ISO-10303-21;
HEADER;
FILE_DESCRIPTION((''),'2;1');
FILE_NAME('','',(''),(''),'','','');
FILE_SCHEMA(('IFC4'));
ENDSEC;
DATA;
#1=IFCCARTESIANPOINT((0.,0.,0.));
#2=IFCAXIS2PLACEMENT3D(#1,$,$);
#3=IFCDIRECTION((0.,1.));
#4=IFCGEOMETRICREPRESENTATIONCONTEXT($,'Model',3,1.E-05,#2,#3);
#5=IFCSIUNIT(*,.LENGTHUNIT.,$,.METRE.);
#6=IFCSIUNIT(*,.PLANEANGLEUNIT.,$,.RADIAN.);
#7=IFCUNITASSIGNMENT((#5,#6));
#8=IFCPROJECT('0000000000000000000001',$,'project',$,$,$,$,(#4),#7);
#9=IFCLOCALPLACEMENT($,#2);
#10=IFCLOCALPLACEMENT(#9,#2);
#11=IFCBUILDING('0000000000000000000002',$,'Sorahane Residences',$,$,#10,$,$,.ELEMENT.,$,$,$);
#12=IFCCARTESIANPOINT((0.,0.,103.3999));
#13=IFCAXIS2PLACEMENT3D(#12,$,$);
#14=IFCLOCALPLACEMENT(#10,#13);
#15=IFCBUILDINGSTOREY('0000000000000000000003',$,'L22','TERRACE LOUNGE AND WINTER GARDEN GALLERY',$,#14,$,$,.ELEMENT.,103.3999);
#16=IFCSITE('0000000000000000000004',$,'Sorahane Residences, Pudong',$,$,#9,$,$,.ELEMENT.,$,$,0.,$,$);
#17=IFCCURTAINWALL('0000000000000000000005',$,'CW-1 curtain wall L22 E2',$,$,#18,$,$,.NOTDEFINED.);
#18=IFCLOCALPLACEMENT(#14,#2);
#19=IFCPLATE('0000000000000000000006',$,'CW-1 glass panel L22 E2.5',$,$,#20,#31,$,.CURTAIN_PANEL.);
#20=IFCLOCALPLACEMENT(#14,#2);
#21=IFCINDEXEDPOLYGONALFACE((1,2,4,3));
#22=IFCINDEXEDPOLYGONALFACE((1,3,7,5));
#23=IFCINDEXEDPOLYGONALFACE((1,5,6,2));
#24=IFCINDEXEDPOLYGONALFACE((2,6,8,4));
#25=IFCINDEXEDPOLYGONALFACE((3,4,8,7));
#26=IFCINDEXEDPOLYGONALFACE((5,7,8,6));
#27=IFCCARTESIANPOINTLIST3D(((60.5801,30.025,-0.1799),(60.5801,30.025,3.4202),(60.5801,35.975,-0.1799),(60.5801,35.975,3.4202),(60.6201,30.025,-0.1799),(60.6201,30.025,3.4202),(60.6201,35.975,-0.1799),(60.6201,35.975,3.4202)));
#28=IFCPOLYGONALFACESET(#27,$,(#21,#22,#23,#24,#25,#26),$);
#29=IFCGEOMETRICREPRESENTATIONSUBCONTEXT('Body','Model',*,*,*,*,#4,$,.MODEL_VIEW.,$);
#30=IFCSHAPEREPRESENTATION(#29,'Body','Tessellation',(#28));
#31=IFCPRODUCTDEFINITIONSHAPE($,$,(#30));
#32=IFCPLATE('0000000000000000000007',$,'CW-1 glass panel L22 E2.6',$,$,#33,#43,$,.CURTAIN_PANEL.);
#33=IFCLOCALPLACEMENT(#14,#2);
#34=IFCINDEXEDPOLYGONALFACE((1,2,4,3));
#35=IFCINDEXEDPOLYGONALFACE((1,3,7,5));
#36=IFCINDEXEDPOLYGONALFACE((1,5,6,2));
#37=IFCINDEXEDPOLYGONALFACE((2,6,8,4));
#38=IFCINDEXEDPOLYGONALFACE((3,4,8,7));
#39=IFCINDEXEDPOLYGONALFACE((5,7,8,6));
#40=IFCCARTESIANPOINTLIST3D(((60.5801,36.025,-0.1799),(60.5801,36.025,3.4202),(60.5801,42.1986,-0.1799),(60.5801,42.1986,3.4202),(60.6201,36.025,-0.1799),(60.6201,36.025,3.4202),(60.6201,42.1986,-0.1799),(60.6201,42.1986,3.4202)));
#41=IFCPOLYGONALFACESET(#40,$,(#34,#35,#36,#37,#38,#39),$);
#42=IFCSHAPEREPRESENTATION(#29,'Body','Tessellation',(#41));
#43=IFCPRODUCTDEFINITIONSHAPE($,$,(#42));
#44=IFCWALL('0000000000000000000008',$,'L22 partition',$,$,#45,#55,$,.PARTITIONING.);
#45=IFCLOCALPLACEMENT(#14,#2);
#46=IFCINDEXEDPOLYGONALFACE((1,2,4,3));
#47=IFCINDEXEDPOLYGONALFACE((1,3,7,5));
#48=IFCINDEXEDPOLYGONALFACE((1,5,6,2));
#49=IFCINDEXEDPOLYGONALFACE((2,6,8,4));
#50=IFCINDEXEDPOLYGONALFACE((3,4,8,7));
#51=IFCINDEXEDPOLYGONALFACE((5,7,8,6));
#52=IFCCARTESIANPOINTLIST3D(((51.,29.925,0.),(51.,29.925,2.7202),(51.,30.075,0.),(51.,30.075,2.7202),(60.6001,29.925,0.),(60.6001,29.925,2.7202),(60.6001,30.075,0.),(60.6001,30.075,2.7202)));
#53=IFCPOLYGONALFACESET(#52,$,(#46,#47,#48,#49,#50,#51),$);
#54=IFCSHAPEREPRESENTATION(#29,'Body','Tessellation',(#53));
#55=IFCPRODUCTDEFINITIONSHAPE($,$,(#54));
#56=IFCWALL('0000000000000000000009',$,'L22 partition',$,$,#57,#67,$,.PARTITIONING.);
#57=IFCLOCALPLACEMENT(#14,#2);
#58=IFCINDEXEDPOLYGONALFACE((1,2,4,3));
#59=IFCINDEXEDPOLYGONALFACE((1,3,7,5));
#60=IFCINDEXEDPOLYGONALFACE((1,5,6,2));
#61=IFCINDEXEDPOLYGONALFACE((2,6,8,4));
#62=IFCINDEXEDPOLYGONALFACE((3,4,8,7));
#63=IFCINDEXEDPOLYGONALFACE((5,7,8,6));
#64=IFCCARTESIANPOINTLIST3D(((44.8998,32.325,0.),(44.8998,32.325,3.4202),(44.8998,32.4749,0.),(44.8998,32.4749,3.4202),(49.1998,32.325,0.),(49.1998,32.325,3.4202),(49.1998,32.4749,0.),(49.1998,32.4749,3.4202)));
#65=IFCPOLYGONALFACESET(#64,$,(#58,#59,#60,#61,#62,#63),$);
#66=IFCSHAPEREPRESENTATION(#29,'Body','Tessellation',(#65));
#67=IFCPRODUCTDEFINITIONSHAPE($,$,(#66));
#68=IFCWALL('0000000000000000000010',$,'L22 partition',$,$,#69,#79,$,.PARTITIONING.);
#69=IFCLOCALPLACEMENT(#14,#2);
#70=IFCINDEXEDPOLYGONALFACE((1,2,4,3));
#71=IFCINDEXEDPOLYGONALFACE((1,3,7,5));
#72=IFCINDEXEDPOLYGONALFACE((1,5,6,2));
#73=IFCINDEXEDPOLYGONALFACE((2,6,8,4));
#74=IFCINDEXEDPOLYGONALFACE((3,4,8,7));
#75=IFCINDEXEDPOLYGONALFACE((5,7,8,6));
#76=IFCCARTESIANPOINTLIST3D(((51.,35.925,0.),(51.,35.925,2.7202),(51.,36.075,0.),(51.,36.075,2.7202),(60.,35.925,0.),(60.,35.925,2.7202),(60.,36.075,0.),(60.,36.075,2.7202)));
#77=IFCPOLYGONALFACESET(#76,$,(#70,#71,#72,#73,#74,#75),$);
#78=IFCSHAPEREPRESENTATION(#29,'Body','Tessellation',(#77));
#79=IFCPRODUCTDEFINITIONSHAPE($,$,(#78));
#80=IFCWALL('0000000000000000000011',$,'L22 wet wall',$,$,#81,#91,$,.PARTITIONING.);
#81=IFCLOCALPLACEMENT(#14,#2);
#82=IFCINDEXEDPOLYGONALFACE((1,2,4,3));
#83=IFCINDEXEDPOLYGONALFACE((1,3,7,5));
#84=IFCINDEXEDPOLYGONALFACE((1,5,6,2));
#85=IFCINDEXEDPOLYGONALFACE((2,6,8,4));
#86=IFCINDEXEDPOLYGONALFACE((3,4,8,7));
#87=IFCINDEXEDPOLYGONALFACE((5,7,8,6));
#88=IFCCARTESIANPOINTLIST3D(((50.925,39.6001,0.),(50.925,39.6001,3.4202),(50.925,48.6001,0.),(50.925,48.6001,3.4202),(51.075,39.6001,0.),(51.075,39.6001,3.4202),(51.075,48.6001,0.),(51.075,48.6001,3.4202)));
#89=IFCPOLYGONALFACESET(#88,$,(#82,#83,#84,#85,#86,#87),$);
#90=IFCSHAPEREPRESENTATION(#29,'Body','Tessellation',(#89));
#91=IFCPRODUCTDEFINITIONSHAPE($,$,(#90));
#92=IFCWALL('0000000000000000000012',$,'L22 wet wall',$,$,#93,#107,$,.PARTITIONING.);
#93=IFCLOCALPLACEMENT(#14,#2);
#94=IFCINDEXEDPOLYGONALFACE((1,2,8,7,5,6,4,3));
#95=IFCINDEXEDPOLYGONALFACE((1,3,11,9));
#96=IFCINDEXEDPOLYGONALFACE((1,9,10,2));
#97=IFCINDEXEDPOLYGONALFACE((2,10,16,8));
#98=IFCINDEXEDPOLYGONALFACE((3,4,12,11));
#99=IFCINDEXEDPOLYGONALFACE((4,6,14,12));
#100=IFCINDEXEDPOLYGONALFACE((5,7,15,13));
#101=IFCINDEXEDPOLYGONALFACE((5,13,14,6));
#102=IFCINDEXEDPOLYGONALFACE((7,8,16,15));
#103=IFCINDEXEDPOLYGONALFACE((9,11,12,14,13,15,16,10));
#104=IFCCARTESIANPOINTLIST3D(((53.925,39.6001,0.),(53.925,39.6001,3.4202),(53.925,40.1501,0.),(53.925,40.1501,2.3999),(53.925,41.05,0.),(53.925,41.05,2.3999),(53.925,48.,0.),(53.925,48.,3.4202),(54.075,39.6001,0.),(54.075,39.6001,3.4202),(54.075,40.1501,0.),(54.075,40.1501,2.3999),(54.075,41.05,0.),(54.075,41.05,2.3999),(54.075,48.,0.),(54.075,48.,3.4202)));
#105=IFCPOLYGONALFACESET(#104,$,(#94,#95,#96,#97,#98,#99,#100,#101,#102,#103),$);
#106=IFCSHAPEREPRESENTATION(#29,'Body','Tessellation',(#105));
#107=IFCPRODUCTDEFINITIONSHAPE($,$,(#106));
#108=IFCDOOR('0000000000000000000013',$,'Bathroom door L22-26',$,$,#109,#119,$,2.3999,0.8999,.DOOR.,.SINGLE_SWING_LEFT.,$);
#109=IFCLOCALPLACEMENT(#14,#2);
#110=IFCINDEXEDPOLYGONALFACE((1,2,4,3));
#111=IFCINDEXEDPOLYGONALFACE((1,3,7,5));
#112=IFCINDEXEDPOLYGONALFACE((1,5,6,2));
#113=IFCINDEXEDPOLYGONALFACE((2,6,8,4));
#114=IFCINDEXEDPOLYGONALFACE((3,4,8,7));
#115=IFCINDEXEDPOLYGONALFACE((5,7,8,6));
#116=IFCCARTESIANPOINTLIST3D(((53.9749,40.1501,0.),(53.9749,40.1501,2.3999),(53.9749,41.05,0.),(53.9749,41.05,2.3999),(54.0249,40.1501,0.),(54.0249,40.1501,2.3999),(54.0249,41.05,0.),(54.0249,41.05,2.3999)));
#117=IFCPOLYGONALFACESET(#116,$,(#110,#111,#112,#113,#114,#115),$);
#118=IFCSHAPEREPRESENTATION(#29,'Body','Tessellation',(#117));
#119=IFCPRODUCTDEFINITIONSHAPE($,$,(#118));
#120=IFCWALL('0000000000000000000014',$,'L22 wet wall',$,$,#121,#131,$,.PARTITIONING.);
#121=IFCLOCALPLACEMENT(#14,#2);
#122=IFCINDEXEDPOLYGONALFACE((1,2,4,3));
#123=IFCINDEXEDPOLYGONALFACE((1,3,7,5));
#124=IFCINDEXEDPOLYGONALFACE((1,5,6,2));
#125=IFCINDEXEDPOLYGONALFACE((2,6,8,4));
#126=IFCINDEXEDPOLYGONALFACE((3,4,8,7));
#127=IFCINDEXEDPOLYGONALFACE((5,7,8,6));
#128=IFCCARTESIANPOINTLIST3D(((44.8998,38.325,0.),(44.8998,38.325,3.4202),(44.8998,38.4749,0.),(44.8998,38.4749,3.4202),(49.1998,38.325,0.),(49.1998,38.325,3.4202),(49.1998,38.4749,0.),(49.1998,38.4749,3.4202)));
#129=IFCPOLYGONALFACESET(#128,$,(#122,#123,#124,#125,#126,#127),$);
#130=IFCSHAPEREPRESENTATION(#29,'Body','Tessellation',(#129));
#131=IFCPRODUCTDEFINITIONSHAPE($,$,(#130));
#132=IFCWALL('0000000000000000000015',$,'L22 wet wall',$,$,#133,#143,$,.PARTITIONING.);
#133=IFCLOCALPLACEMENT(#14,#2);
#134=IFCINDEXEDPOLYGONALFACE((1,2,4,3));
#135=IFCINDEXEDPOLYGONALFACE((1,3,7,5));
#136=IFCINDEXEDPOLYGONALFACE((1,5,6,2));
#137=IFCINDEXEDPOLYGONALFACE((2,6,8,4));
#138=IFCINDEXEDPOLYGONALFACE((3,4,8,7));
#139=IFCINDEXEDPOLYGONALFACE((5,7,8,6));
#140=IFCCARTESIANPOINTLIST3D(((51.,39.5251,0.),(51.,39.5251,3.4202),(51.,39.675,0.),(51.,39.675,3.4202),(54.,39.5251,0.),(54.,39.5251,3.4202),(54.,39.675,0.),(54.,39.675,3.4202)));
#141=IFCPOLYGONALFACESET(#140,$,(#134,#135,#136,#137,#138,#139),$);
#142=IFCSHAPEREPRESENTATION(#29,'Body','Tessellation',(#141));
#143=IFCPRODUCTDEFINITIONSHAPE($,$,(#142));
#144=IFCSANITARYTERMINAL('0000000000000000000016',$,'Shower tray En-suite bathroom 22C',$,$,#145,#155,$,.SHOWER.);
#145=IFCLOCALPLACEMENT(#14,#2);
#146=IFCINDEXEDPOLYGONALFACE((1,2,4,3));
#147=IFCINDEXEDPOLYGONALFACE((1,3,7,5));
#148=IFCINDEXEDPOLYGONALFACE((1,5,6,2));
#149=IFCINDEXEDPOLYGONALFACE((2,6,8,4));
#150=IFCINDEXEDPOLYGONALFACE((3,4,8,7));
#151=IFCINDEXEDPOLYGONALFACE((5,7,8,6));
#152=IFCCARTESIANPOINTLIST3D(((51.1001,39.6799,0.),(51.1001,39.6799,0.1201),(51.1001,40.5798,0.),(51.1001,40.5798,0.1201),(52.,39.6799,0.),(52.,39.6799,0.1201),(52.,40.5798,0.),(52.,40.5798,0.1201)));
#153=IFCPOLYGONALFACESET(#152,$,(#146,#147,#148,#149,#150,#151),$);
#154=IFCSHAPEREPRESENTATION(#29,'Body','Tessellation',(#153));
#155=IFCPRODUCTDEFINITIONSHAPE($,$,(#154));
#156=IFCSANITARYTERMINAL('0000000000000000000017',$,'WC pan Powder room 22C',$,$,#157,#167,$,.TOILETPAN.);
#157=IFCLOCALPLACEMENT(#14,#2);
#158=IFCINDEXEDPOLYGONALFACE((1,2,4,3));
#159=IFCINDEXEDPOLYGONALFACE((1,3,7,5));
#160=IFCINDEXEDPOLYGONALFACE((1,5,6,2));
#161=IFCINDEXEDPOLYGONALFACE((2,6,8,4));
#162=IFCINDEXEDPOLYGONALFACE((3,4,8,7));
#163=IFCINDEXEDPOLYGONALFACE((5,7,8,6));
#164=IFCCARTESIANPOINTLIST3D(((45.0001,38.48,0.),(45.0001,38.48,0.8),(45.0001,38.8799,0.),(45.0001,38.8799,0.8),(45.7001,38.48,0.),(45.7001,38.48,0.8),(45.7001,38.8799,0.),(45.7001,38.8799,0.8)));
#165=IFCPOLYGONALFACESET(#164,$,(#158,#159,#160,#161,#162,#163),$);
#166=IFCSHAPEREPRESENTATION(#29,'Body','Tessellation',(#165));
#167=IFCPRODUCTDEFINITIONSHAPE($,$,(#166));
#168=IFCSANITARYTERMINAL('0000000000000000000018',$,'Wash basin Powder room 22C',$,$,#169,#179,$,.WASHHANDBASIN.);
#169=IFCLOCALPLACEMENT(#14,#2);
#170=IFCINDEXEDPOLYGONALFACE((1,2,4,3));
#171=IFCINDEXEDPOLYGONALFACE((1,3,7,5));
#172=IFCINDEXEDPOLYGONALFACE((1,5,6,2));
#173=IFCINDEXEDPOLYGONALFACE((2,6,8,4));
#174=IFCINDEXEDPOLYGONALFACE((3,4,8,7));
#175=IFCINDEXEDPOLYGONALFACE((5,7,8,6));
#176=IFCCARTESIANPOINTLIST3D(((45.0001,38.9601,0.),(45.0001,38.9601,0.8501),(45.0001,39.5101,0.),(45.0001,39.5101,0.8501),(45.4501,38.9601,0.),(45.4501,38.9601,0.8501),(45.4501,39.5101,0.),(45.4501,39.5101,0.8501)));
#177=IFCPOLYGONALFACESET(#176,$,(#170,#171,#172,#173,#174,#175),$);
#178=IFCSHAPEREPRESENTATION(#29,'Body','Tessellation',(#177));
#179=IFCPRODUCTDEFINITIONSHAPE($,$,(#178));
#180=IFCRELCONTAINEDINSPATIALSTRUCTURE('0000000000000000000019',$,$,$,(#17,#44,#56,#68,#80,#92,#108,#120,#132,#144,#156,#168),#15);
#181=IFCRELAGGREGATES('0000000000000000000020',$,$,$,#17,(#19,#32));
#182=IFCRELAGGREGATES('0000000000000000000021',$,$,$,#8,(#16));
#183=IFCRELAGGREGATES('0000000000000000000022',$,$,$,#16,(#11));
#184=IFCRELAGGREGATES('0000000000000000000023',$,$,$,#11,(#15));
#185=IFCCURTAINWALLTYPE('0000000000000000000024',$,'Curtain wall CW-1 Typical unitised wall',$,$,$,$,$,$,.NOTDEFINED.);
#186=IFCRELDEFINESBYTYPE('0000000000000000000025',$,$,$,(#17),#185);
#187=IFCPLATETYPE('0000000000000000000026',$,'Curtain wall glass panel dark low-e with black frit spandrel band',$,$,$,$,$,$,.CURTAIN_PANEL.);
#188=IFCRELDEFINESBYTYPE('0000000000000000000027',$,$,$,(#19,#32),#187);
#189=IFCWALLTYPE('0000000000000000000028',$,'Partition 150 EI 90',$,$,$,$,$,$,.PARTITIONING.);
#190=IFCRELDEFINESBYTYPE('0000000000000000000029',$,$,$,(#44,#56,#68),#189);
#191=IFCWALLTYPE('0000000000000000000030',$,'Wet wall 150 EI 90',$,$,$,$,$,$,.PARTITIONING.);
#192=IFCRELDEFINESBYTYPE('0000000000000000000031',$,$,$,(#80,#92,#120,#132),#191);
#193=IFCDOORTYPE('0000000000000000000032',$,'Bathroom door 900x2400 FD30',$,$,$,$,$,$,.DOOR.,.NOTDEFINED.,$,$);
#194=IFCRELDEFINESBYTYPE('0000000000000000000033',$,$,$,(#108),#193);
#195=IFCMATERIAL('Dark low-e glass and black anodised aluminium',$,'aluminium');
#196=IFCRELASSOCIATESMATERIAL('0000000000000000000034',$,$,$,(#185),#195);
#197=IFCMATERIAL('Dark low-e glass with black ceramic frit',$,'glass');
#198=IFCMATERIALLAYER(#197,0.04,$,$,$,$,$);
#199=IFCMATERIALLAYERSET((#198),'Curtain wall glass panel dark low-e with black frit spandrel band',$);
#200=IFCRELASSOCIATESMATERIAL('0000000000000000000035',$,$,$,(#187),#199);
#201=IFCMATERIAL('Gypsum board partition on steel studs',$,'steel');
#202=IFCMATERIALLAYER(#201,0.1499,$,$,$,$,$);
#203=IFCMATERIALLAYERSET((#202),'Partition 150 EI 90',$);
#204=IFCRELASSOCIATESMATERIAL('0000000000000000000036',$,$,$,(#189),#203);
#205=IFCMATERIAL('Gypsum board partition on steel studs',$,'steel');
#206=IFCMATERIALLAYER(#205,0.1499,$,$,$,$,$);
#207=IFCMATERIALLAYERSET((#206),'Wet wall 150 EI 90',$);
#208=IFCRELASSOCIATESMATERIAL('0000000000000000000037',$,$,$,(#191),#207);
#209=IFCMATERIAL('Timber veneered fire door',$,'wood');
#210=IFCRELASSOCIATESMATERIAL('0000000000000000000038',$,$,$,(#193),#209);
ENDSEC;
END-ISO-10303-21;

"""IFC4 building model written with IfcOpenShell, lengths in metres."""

from ifc_helpers import new_model, si_unit, direction, frame, frame_2d, origin, origin_2d, place, context, subcontext, project, spatial, rectangle, extrude, material, layer, layer_set, type_object, element, fill, aggregate, save


model = new_model("IFC4")

# Units and contexts
model_context = context("Model", 3, precision=1e-05, world=origin(), true_north=direction((0.0, 1.0)))
body_context = subcontext(model_context, "Body", "Model", "MODEL_VIEW")
ifc_project = project(units=[si_unit("LENGTHUNIT", "METRE"), si_unit("PLANEANGLEUNIT", "RADIAN")], contexts=[model_context])

# Site, building, storey
site_placement = place(None, origin())
site = spatial("IfcSite", under=ifc_project, at=site_placement, Name="Sorahane Residences, Pudong", CompositionType="ELEMENT", RefElevation=0.0)
building_placement = place(site_placement, origin())
building = spatial("IfcBuilding", under=site, at=building_placement, Name="Sorahane Residences", CompositionType="ELEMENT")
storey_placement = place(building_placement, frame((0.0, 0.0, 103.3999)))
storey = spatial("IfcBuildingStorey", under=building, at=storey_placement, Name="L22", Description="TERRACE LOUNGE AND WINTER GARDEN GALLERY", CompositionType="ELEMENT", Elevation=103.3999)

# Curtain wall
ifc_material_1 = material(Name="Dark low-e glass and black anodised aluminium", Category="aluminium")
curtain_wall_type = type_object("IfcCurtainWallType", Name="Curtain wall CW-1 Typical unitised wall", PredefinedType="NOTDEFINED", material=ifc_material_1)
curtain_wall_placement = place(storey_placement, origin())
curtain_wall = element("IfcCurtainWall", 1, at=curtain_wall_placement, inside=storey, type_object=curtain_wall_type, Name="CW-1 curtain wall L22 E2", PredefinedType="NOTDEFINED")

# Plates
ifc_material_2 = material(Name="Dark low-e glass with black ceramic frit", Category="glass")
ifc_layer_1 = layer(ifc_material_2, 0.04)
ifc_layer_set_1 = layer_set([ifc_layer_1], Name="Curtain wall glass panel dark low-e with black frit spandrel band")
plate_type = type_object("IfcPlateType", Name="Curtain wall glass panel dark low-e with black frit spandrel band", PredefinedType="CURTAIN_PANEL", material=ifc_layer_set_1)
plate_1_placement = place(storey_placement, frame((60.6001, 33.0, -0.1799), z_axis=(0.0, 0.0, 1.0), x_axis=(0.0, 1.0, 0.0)))
plate_1 = element("IfcPlate", 2, at=plate_1_placement, type_object=plate_type, Name="CW-1 glass panel L22 E2.5", PredefinedType="CURTAIN_PANEL", context=body_context, shape_type="SweptSolid", body=[
    extrude(rectangle(XDim=5.95, YDim=0.04, at=origin_2d()), origin(), (0.0, 0.0, 1.0), 3.6001),
])
plate_2_placement = place(storey_placement, frame((60.6001, 39.1118, -0.1799), z_axis=(0.0, 0.0, 1.0), x_axis=(0.0, 1.0, 0.0)))
plate_2 = element("IfcPlate", 3, at=plate_2_placement, type_object=plate_type, Name="CW-1 glass panel L22 E2.6", PredefinedType="CURTAIN_PANEL", context=body_context, shape_type="SweptSolid", body=[
    extrude(rectangle(XDim=6.1736, YDim=0.04, at=origin_2d()), origin(), (0.0, 0.0, 1.0), 3.6001),
])
aggregate(curtain_wall, [plate_1, plate_2])

# Shared definitions
ifc_material_3 = material(Name="Gypsum board partition on steel studs", Category="steel")
ifc_layer_2 = layer(ifc_material_3, 0.1499)
ifc_layer_set_2 = layer_set([ifc_layer_2], Name="Partition 150 EI 90")
wall_type_1 = type_object("IfcWallType", Name="Partition 150 EI 90", PredefinedType="PARTITIONING", material=ifc_layer_set_2)

# Walls
wall_1_placement = place(storey_placement, frame((51.0, 30.0, 0.0), z_axis=(0.0, 0.0, 1.0), x_axis=(1.0, 0.0, 0.0)))
element("IfcWall", 4, at=wall_1_placement, inside=storey, type_object=wall_type_1, Name="L22 partition", PredefinedType="PARTITIONING", context=body_context, shape_type="SweptSolid", body=[
    extrude(rectangle(XDim=9.6001, YDim=0.1499, at=frame_2d((4.8, 0.0))), origin(), (0.0, 0.0, 1.0), 2.7202),
])
wall_2_placement = place(storey_placement, frame((44.8999, 32.3999, 0.0), z_axis=(0.0, 0.0, 1.0), x_axis=(1.0, 0.0, 0.0)))
element("IfcWall", 5, at=wall_2_placement, inside=storey, type_object=wall_type_1, Name="L22 partition", PredefinedType="PARTITIONING", context=body_context, shape_type="SweptSolid", body=[
    extrude(rectangle(XDim=4.3, YDim=0.1499, at=frame_2d((2.1499, 0.0))), origin(), (0.0, 0.0, 1.0), 3.4202),
])
wall_3_placement = place(storey_placement, frame((51.0, 36.0, 0.0), z_axis=(0.0, 0.0, 1.0), x_axis=(1.0, 0.0, 0.0)))
element("IfcWall", 6, at=wall_3_placement, inside=storey, type_object=wall_type_1, Name="L22 partition", PredefinedType="PARTITIONING", context=body_context, shape_type="SweptSolid", body=[
    extrude(rectangle(XDim=9.0, YDim=0.1499, at=frame_2d((4.5, 0.0))), origin(), (0.0, 0.0, 1.0), 2.7202),
])

# Shared definitions
ifc_material_4 = material(Name="Gypsum board partition on steel studs", Category="steel")
ifc_layer_3 = layer(ifc_material_4, 0.1499)
ifc_layer_set_3 = layer_set([ifc_layer_3], Name="Wet wall 150 EI 90")
wall_type_2 = type_object("IfcWallType", Name="Wet wall 150 EI 90", PredefinedType="PARTITIONING", material=ifc_layer_set_3)
ifc_material_5 = material(Name="Timber veneered fire door", Category="wood")
door_type_1 = type_object("IfcDoorType", Name="Bathroom door 900x2400 FD30", OperationType="NOTDEFINED", PredefinedType="DOOR", material=ifc_material_5)

# Wall
wall_4_placement = place(storey_placement, frame((51.0, 39.6001, 0.0), z_axis=(0.0, 0.0, 1.0), x_axis=(0.0, 1.0, 0.0)))
element("IfcWall", 7, at=wall_4_placement, inside=storey, type_object=wall_type_2, Name="L22 wet wall", PredefinedType="PARTITIONING", context=body_context, shape_type="SweptSolid", body=[
    extrude(rectangle(XDim=9.0, YDim=0.1499, at=frame_2d((4.5, 0.0))), origin(), (0.0, 0.0, 1.0), 3.4202),
])

# Wall, opening, door
wall_5_placement = place(storey_placement, frame((54.0, 39.6001, 0.0), z_axis=(0.0, 0.0, 1.0), x_axis=(0.0, 1.0, 0.0)))
wall_5 = element("IfcWall", 8, at=wall_5_placement, inside=storey, type_object=wall_type_2, Name="L22 wet wall", PredefinedType="PARTITIONING", context=body_context, shape_type="SweptSolid", body=[
    extrude(rectangle(XDim=8.3999, YDim=0.1499, at=frame_2d((4.2, 0.0))), origin(), (0.0, 0.0, 1.0), 3.4202),
])
opening_1_placement = place(wall_5_placement, frame((0.55, 0.0, 0.0)))
opening_1 = element("IfcOpeningElement", 9, at=opening_1_placement, cuts=wall_5, PredefinedType="OPENING", context=body_context, shape_type="SweptSolid", body=[
    extrude(rectangle(XDim=0.8999, YDim=2.3999, at=frame_2d((0.45, 1.2))), frame((0.0, 0.085, 0.0), z_axis=(0.0, -1.0, 0.0), x_axis=(1.0, 0.0, 0.0)), (0.0, 0.0, 1.0), 0.1699),
])
door_1_placement = place(opening_1_placement, frame((0.8999, 0.0, 0.0), z_axis=(0.0, 0.0, 1.0), x_axis=(-1.0, 0.0, 0.0)))
door_1 = element("IfcDoor", 10, at=door_1_placement, inside=storey, type_object=door_type_1, Name="Bathroom door L22-26", OperationType="SINGLE_SWING_LEFT", OverallHeight=2.3999, OverallWidth=0.8999, PredefinedType="DOOR", context=body_context, shape_type="SweptSolid", body=[
    extrude(rectangle(XDim=0.8999, YDim=2.3999, at=frame_2d((0.45, 1.2))), frame((0.0, 0.0249, 0.0), z_axis=(0.0, -1.0, 0.0), x_axis=(1.0, 0.0, 0.0)), (0.0, 0.0, 1.0), 0.05),
])
fill(opening_1, door_1)

# Walls
wall_6_placement = place(storey_placement, frame((44.8999, 38.3999, 0.0), z_axis=(0.0, 0.0, 1.0), x_axis=(1.0, 0.0, 0.0)))
element("IfcWall", 11, at=wall_6_placement, inside=storey, type_object=wall_type_2, Name="L22 wet wall", PredefinedType="PARTITIONING", context=body_context, shape_type="SweptSolid", body=[
    extrude(rectangle(XDim=4.3, YDim=0.1499, at=frame_2d((2.1499, 0.0))), origin(), (0.0, 0.0, 1.0), 3.4202),
])
wall_7_placement = place(storey_placement, frame((51.0, 39.6001, 0.0), z_axis=(0.0, 0.0, 1.0), x_axis=(1.0, 0.0, 0.0)))
element("IfcWall", 12, at=wall_7_placement, inside=storey, type_object=wall_type_2, Name="L22 wet wall", PredefinedType="PARTITIONING", context=body_context, shape_type="SweptSolid", body=[
    extrude(rectangle(XDim=3.0, YDim=0.1499, at=frame_2d((1.5, 0.0))), origin(), (0.0, 0.0, 1.0), 3.4202),
])

# Sanitary terminals
sanitary_terminal_1_placement = place(storey_placement, frame((51.55, 40.1299, 0.0), z_axis=(0.0, 0.0, 1.0), x_axis=(0.0, 1.0, 0.0)))
element("IfcSanitaryTerminal", 13, at=sanitary_terminal_1_placement, inside=storey, Name="Shower tray En-suite bathroom 22C", PredefinedType="SHOWER", context=body_context, shape_type="SweptSolid", body=[
    extrude(rectangle(XDim=0.8999, YDim=0.8999, at=origin_2d()), origin(), (0.0, 0.0, 1.0), 0.1201),
])
sanitary_terminal_2_placement = place(storey_placement, frame((45.3501, 38.6799, 0.0), z_axis=(0.0, 0.0, 1.0), x_axis=(0.0, 1.0, 0.0)))
element("IfcSanitaryTerminal", 14, at=sanitary_terminal_2_placement, inside=storey, Name="WC pan Powder room 22C", PredefinedType="TOILETPAN", context=body_context, shape_type="SweptSolid", body=[
    extrude(rectangle(XDim=0.3999, YDim=0.7, at=origin_2d()), origin(), (0.0, 0.0, 1.0), 0.8),
])
sanitary_terminal_3_placement = place(storey_placement, frame((45.2251, 39.2351, 0.0), z_axis=(0.0, 0.0, 1.0), x_axis=(0.0, 1.0, 0.0)))
element("IfcSanitaryTerminal", 15, at=sanitary_terminal_3_placement, inside=storey, Name="Wash basin Powder room 22C", PredefinedType="WASHHANDBASIN", context=body_context, shape_type="SweptSolid", body=[
    extrude(rectangle(XDim=0.55, YDim=0.45, at=origin_2d()), origin(), (0.0, 0.0, 1.0), 0.8501),
])

save(model, "model.ifc")
